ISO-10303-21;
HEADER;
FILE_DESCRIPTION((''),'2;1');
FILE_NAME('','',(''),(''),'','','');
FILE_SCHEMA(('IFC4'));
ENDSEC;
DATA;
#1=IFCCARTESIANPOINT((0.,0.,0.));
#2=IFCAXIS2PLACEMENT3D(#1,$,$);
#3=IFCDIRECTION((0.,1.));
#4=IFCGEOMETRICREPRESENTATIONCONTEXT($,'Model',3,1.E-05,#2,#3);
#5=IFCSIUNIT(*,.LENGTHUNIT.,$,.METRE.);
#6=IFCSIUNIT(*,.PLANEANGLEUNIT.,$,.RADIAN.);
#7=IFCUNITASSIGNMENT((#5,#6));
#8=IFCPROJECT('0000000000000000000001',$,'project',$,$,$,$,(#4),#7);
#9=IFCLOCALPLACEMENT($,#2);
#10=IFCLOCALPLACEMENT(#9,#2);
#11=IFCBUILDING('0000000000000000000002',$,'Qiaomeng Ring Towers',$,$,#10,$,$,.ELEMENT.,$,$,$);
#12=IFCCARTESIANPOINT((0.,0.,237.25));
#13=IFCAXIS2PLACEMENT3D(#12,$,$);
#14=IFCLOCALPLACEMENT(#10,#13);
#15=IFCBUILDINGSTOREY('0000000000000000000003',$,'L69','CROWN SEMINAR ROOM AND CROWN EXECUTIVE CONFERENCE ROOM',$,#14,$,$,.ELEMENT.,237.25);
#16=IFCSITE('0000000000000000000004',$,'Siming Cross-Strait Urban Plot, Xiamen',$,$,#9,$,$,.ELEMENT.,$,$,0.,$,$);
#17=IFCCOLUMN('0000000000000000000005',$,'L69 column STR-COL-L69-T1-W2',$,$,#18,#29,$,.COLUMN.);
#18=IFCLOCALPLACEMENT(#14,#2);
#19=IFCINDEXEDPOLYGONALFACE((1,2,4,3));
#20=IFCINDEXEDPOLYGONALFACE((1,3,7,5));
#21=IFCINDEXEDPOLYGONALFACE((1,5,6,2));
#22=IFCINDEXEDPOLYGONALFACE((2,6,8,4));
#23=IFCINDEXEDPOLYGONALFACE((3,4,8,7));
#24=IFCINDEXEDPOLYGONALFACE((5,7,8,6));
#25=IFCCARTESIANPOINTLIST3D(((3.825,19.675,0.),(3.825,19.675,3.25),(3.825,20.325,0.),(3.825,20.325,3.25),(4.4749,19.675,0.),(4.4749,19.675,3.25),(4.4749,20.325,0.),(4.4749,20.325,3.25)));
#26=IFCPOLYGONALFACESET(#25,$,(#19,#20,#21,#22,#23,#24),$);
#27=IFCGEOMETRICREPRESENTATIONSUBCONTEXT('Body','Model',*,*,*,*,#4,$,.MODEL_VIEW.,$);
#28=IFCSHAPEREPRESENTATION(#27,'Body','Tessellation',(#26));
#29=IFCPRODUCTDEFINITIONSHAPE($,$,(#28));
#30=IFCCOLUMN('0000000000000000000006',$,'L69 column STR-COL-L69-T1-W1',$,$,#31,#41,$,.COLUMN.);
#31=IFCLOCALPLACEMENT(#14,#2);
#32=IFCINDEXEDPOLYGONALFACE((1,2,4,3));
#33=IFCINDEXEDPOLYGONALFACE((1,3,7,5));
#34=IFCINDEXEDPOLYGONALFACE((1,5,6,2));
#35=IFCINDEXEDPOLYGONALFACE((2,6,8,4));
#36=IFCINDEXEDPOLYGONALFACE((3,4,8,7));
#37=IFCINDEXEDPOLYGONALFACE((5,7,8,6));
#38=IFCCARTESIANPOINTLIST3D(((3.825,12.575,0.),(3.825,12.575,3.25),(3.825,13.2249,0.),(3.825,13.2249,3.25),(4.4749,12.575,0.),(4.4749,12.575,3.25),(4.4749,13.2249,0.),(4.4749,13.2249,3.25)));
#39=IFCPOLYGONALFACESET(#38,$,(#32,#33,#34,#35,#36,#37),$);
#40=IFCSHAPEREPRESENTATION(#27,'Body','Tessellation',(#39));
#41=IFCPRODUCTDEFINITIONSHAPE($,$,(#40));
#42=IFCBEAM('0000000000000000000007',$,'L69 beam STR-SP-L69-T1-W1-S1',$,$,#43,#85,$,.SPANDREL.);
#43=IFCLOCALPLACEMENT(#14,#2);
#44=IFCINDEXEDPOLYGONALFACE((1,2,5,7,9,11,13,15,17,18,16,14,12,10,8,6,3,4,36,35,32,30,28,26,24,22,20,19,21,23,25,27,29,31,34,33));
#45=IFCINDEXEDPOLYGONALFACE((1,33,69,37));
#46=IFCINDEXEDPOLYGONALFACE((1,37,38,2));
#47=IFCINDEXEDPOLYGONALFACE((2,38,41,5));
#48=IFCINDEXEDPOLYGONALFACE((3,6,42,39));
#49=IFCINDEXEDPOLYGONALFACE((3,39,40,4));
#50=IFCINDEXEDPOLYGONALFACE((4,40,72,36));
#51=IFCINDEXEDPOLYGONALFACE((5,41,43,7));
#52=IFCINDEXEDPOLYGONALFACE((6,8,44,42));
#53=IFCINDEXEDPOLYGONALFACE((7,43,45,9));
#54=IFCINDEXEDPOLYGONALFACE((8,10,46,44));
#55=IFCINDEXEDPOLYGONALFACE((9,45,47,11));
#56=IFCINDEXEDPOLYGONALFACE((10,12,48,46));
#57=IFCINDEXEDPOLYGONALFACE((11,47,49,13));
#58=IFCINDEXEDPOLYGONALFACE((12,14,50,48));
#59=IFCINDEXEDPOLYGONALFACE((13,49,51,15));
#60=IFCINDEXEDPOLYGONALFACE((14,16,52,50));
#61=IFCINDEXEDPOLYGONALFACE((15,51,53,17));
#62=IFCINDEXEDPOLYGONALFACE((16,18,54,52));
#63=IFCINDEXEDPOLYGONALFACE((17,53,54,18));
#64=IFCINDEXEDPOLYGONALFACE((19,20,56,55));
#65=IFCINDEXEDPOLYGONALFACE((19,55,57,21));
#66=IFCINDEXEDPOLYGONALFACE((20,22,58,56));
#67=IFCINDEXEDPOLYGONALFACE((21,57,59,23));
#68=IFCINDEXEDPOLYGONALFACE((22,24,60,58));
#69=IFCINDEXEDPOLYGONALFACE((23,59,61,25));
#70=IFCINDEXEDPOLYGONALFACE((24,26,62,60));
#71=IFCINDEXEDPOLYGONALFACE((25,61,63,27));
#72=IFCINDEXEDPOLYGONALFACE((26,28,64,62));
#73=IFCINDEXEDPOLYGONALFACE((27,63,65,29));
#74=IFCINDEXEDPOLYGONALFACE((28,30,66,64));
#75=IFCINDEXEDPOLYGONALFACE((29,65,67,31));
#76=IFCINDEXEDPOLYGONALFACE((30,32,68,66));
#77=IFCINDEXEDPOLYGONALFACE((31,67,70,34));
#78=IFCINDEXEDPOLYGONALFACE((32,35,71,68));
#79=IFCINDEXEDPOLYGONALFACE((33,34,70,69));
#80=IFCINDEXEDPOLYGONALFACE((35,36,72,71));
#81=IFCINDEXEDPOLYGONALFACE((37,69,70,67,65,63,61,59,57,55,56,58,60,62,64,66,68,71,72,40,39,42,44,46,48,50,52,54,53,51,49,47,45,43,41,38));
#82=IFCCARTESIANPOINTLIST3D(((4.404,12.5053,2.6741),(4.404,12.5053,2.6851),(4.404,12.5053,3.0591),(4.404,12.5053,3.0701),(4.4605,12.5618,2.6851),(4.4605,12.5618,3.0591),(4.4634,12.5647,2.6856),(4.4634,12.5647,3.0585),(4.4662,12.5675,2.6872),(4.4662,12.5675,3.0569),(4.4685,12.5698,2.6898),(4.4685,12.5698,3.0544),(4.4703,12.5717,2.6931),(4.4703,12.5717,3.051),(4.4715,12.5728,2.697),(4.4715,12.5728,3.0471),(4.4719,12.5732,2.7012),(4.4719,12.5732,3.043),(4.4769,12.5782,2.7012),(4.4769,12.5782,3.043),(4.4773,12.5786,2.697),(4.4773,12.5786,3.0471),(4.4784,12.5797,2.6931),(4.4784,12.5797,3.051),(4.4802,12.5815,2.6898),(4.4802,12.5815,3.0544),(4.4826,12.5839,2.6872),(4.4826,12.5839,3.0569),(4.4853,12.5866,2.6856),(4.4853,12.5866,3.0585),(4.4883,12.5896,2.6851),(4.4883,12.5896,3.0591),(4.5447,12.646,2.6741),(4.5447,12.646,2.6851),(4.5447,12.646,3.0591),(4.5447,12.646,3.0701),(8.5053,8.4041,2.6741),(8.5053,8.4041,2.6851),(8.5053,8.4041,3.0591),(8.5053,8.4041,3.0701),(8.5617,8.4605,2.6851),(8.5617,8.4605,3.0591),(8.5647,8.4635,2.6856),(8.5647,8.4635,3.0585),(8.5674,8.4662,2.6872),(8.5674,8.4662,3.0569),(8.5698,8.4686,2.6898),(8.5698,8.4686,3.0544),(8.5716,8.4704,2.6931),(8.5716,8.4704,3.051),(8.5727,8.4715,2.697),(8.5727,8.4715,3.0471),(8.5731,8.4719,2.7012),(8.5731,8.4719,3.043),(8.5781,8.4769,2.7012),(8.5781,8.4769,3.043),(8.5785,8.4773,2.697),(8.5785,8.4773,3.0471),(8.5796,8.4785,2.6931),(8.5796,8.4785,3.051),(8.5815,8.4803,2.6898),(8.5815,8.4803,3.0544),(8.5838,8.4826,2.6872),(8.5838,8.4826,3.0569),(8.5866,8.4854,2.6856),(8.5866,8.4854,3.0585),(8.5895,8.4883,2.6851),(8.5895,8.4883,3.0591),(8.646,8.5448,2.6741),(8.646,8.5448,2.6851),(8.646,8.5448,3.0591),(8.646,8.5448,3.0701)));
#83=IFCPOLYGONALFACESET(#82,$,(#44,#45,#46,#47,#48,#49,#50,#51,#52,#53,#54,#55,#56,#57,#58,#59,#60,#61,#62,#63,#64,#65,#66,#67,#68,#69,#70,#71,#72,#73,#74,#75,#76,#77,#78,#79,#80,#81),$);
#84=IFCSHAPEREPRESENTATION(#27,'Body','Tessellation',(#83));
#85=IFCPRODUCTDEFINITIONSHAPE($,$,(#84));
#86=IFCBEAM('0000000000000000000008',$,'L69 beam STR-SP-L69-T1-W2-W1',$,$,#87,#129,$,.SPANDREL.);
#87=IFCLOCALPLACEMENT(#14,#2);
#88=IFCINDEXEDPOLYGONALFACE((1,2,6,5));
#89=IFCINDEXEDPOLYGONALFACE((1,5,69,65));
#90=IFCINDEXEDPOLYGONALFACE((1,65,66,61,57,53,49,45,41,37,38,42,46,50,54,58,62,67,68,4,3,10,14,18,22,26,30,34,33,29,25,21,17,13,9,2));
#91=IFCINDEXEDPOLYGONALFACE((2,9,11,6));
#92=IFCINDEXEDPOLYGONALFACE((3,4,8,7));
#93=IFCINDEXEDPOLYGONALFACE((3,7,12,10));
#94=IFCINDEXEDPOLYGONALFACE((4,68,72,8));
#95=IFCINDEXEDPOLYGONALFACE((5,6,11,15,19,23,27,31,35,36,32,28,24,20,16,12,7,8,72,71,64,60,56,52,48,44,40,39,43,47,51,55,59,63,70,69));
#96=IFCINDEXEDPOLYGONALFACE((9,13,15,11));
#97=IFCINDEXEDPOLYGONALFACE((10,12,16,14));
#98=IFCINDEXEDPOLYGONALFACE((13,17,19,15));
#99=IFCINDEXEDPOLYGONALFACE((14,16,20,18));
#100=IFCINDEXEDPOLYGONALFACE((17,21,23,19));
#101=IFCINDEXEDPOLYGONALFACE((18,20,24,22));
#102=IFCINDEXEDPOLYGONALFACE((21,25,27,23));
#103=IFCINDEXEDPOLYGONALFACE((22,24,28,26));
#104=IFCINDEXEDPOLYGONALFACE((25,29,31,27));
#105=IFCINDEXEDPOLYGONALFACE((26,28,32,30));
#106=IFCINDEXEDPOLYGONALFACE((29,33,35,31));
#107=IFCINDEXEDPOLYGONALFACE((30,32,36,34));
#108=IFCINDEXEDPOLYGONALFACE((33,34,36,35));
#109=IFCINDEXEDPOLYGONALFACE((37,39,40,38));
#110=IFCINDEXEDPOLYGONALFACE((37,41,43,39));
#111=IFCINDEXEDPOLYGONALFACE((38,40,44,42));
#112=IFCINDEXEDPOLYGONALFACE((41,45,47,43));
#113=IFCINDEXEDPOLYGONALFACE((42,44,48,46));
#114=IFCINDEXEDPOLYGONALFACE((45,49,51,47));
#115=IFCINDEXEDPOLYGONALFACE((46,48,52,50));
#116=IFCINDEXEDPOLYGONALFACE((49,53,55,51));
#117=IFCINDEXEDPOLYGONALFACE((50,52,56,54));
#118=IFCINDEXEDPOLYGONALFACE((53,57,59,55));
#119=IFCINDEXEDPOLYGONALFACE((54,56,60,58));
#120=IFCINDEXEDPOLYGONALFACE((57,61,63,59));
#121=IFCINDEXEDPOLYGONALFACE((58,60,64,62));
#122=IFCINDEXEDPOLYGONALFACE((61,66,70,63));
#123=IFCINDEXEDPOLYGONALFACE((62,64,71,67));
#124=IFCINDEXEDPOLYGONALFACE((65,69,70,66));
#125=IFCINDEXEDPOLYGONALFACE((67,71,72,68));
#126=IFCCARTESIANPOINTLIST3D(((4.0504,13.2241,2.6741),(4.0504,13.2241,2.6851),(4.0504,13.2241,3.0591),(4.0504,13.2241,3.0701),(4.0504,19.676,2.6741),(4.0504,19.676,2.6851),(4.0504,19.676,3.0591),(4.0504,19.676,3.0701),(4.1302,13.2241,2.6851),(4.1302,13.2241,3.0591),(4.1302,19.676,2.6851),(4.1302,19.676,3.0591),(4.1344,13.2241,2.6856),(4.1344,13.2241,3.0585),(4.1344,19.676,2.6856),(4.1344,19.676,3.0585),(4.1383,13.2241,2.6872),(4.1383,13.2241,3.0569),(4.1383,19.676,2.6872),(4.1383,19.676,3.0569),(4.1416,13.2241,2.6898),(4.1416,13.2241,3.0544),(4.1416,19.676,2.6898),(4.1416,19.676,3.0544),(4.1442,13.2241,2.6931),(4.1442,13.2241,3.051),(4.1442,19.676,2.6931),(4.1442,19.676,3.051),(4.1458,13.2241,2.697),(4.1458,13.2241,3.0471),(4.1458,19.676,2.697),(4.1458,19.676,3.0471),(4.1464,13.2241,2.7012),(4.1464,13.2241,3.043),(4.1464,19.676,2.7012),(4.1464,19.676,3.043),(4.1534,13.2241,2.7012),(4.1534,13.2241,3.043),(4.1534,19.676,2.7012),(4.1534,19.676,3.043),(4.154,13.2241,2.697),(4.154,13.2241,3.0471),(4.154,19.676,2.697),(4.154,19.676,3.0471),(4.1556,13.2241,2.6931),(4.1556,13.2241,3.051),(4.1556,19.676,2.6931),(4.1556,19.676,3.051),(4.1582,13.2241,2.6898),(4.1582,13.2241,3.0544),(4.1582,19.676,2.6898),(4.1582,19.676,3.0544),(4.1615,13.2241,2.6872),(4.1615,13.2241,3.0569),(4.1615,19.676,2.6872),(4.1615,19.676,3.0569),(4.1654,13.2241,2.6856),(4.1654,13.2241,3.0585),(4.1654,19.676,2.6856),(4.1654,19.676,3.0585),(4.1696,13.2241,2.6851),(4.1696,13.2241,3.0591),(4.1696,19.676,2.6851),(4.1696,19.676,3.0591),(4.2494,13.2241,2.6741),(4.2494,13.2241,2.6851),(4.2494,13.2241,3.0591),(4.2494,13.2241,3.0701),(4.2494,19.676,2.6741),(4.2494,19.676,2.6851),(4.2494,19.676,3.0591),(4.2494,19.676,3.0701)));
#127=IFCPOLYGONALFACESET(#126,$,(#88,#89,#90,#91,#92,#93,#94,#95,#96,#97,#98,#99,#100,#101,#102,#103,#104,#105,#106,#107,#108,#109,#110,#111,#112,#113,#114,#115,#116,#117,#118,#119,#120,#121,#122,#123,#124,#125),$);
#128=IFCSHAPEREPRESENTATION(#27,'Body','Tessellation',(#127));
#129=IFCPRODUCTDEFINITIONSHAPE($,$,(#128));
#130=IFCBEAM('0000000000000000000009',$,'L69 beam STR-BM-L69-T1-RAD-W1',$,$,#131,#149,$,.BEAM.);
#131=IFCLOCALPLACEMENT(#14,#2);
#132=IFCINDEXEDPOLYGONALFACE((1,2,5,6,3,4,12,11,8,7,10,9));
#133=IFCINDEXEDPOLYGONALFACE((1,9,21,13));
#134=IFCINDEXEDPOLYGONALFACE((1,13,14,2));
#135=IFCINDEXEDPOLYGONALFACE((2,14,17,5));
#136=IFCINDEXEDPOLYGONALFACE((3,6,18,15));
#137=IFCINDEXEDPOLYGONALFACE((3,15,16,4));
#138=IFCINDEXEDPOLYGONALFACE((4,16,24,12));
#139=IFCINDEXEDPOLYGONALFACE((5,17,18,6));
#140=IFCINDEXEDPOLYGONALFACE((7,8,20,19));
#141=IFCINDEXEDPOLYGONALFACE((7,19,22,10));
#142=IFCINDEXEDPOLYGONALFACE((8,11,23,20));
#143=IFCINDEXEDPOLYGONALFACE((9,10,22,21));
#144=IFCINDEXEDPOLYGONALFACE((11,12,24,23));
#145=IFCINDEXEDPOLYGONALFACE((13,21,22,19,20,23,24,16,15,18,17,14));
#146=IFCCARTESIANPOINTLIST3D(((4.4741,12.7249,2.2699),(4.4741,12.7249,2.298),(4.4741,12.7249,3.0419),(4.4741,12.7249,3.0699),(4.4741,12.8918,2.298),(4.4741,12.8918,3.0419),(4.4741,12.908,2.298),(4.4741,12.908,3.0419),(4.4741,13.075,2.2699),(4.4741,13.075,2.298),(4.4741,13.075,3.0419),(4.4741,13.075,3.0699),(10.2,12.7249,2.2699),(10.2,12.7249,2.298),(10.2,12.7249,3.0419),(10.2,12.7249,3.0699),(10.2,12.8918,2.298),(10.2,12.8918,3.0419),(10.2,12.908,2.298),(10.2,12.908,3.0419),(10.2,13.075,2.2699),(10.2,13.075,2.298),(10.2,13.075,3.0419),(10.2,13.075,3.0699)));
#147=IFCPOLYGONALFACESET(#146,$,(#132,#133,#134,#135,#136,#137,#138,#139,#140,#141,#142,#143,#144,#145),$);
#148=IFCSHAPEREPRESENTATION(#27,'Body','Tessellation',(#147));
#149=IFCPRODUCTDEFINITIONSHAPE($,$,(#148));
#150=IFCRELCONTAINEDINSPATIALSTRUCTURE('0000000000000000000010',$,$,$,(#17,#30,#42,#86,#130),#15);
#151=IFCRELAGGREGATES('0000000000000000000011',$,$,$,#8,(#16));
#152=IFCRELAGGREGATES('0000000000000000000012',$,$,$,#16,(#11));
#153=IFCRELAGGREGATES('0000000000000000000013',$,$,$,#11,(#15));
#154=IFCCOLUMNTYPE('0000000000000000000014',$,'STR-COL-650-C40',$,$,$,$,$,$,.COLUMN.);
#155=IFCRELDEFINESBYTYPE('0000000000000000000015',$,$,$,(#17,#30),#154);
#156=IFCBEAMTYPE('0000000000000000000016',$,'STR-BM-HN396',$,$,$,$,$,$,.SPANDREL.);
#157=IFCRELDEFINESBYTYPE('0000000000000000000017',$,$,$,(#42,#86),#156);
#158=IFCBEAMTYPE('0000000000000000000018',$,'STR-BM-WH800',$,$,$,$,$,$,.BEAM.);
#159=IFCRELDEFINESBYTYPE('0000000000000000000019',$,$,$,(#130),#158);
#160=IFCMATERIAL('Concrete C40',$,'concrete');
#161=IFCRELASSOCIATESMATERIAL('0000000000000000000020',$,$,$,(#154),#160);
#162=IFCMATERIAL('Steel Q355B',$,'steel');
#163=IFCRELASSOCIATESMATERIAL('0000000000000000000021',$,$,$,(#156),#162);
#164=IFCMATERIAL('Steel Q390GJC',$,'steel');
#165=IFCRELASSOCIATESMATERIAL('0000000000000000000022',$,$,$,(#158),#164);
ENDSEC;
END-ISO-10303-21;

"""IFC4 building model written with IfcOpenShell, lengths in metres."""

from ifc_helpers import new_model, si_unit, direction, frame, origin, origin_2d, place, context, subcontext, project, spatial, rectangle, i_section, extrude, source, transform, mapped, material, material_profile, profile_set, type_object, element, save


model = new_model("IFC4")

# Units and contexts
model_context = context("Model", 3, precision=1e-05, world=origin(), true_north=direction((0.0, 1.0)))
body_context = subcontext(model_context, "Body", "Model", "MODEL_VIEW")
ifc_project = project(units=[si_unit("LENGTHUNIT", "METRE"), si_unit("PLANEANGLEUNIT", "RADIAN")], contexts=[model_context])

# Site, building, storey
site_placement = place(None, origin())
site = spatial("IfcSite", under=ifc_project, at=site_placement, Name="Siming Cross-Strait Urban Plot, Xiamen", CompositionType="ELEMENT", RefElevation=0.0)
building_placement = place(site_placement, origin())
building = spatial("IfcBuilding", under=site, at=building_placement, Name="Qiaomeng Ring Towers", CompositionType="ELEMENT")
storey_placement = place(building_placement, frame((0.0, 0.0, 237.25)))
storey = spatial("IfcBuildingStorey", under=building, at=storey_placement, Name="L69", Description="CROWN SEMINAR ROOM AND CROWN EXECUTIVE CONFERENCE ROOM", CompositionType="ELEMENT", Elevation=237.25)

# Columns
ifc_material_1 = material(Name="Concrete C40", Category="concrete")
ifc_material_profile_1 = material_profile(ifc_material_1, rectangle(XDim=0.6499, YDim=0.6499, at=origin_2d()), Name="RC COL 650x650")
ifc_profile_set_1 = profile_set([ifc_material_profile_1], Name="Concrete C40")
column_type = type_object("IfcColumnType", Name="STR-COL-650-C40", PredefinedType="COLUMN", material=ifc_profile_set_1)
shared_shape_1 = source(origin(), body_context, "Body", "SweptSolid", [
    extrude(rectangle(XDim=0.6499, YDim=0.6499, at=origin_2d()), origin(), (0.0, 0.0, 1.0), 3.25),
])
for number, where, z_axis, x_axis, name in (
    (1, (4.1499, 20.0, 0.0), (0.0, 0.0, 1.0), (1.0, 0.0, 0.0), "L69 column STR-COL-L69-T1-W2"),
    (2, (4.1499, 12.8999, 0.0), (0.0, 0.0, 1.0), (1.0, 0.0, 0.0), "L69 column STR-COL-L69-T1-W1"),
):
    element("IfcColumn", number, at=place(storey_placement, frame(where, z_axis=z_axis, x_axis=x_axis)), inside=storey, type_object=column_type, Name=name, PredefinedType="COLUMN", context=body_context, shape_type="MappedRepresentation", body=[
        mapped(shared_shape_1, transform((0.0, 0.0, 0.0), x_axis=(1.0, 0.0, 0.0), y_axis=(0.0, 1.0, 0.0), z_axis=(0.0, 0.0, 1.0), scale=1.0)),
    ])

# Beams
ifc_material_2 = material(Name="Steel Q355B", Category="steel")
ifc_material_profile_2 = material_profile(ifc_material_2, i_section(OverallWidth=0.199, OverallDepth=0.396, WebThickness=0.0071, FlangeThickness=0.011, FilletRadius=0.0161, at=origin_2d()), Name="HN 396x199x7x11")
ifc_profile_set_2 = profile_set([ifc_material_profile_2], Name="Steel Q355B")
beam_type_1 = type_object("IfcBeamType", Name="STR-BM-HN396", PredefinedType="SPANDREL", material=ifc_profile_set_2)
shared_shape_2 = source(origin(), body_context, "Body", "SweptSolid", [
    extrude(i_section(OverallWidth=0.199, OverallDepth=0.396, WebThickness=0.0071, FlangeThickness=0.011, FilletRadius=0.0161, at=origin_2d()), origin(), (0.0, 0.0, 1.0), 5.8),
])
beam_1_placement = place(storey_placement, frame((4.4744, 12.5757, 2.8721), z_axis=(0.707107, -0.707107, 0.0), x_axis=(0.707107, 0.707107, 0.0)))
element("IfcBeam", 3, at=beam_1_placement, inside=storey, type_object=beam_type_1, Name="L69 beam STR-SP-L69-T1-W1-S1", PredefinedType="SPANDREL", context=body_context, shape_type="MappedRepresentation", body=[
    mapped(shared_shape_2, transform((0.0, 0.0, 0.0), x_axis=(1.0, 0.0, 0.0), y_axis=(0.0, 1.0, 0.0), z_axis=(0.0, 0.0, 1.0), scale=1.0)),
])
shared_shape_3 = source(origin(), body_context, "Body", "SweptSolid", [
    extrude(i_section(OverallWidth=0.199, OverallDepth=0.396, WebThickness=0.0071, FlangeThickness=0.011, FilletRadius=0.0161, at=origin_2d()), origin(), (0.0, 0.0, 1.0), 6.4519),
])
beam_2_placement = place(storey_placement, frame((4.1499, 19.676, 2.8721), z_axis=(0.0, -1.0, 0.0), x_axis=(1.0, 0.0, 0.0)))
element("IfcBeam", 4, at=beam_2_placement, inside=storey, type_object=beam_type_1, Name="L69 beam STR-SP-L69-T1-W2-W1", PredefinedType="SPANDREL", context=body_context, shape_type="MappedRepresentation", body=[
    mapped(shared_shape_3, transform((0.0, 0.0, 0.0), x_axis=(1.0, 0.0, 0.0), y_axis=(0.0, 1.0, 0.0), z_axis=(0.0, 0.0, 1.0), scale=1.0)),
])
ifc_material_3 = material(Name="Steel Q390GJC", Category="steel")
ifc_material_profile_3 = material_profile(ifc_material_3, i_section(OverallWidth=0.3501, OverallDepth=0.8, WebThickness=0.0161, FlangeThickness=0.0281, at=origin_2d()), Name="WH 800x350x16x28")
ifc_profile_set_3 = profile_set([ifc_material_profile_3], Name="Steel Q390GJC")
beam_type_2 = type_object("IfcBeamType", Name="STR-BM-WH800", PredefinedType="BEAM", material=ifc_profile_set_3)
shared_shape_4 = source(origin(), body_context, "Body", "SweptSolid", [
    extrude(i_section(OverallWidth=0.3501, OverallDepth=0.8, WebThickness=0.0161, FlangeThickness=0.0281, at=origin_2d()), origin(), (0.0, 0.0, 1.0), 5.7258),
])
beam_3_placement = place(storey_placement, frame((4.4741, 12.8999, 2.6699), z_axis=(1.0, 0.0, 0.0), x_axis=(0.0, 1.0, 0.0)))
element("IfcBeam", 5, at=beam_3_placement, inside=storey, type_object=beam_type_2, Name="L69 beam STR-BM-L69-T1-RAD-W1", PredefinedType="BEAM", context=body_context, shape_type="MappedRepresentation", body=[
    mapped(shared_shape_4, transform((0.0, 0.0, 0.0), x_axis=(1.0, 0.0, 0.0), y_axis=(0.0, 1.0, 0.0), z_axis=(0.0, 0.0, 1.0), scale=1.0)),
])

save(model, "model.ifc")
